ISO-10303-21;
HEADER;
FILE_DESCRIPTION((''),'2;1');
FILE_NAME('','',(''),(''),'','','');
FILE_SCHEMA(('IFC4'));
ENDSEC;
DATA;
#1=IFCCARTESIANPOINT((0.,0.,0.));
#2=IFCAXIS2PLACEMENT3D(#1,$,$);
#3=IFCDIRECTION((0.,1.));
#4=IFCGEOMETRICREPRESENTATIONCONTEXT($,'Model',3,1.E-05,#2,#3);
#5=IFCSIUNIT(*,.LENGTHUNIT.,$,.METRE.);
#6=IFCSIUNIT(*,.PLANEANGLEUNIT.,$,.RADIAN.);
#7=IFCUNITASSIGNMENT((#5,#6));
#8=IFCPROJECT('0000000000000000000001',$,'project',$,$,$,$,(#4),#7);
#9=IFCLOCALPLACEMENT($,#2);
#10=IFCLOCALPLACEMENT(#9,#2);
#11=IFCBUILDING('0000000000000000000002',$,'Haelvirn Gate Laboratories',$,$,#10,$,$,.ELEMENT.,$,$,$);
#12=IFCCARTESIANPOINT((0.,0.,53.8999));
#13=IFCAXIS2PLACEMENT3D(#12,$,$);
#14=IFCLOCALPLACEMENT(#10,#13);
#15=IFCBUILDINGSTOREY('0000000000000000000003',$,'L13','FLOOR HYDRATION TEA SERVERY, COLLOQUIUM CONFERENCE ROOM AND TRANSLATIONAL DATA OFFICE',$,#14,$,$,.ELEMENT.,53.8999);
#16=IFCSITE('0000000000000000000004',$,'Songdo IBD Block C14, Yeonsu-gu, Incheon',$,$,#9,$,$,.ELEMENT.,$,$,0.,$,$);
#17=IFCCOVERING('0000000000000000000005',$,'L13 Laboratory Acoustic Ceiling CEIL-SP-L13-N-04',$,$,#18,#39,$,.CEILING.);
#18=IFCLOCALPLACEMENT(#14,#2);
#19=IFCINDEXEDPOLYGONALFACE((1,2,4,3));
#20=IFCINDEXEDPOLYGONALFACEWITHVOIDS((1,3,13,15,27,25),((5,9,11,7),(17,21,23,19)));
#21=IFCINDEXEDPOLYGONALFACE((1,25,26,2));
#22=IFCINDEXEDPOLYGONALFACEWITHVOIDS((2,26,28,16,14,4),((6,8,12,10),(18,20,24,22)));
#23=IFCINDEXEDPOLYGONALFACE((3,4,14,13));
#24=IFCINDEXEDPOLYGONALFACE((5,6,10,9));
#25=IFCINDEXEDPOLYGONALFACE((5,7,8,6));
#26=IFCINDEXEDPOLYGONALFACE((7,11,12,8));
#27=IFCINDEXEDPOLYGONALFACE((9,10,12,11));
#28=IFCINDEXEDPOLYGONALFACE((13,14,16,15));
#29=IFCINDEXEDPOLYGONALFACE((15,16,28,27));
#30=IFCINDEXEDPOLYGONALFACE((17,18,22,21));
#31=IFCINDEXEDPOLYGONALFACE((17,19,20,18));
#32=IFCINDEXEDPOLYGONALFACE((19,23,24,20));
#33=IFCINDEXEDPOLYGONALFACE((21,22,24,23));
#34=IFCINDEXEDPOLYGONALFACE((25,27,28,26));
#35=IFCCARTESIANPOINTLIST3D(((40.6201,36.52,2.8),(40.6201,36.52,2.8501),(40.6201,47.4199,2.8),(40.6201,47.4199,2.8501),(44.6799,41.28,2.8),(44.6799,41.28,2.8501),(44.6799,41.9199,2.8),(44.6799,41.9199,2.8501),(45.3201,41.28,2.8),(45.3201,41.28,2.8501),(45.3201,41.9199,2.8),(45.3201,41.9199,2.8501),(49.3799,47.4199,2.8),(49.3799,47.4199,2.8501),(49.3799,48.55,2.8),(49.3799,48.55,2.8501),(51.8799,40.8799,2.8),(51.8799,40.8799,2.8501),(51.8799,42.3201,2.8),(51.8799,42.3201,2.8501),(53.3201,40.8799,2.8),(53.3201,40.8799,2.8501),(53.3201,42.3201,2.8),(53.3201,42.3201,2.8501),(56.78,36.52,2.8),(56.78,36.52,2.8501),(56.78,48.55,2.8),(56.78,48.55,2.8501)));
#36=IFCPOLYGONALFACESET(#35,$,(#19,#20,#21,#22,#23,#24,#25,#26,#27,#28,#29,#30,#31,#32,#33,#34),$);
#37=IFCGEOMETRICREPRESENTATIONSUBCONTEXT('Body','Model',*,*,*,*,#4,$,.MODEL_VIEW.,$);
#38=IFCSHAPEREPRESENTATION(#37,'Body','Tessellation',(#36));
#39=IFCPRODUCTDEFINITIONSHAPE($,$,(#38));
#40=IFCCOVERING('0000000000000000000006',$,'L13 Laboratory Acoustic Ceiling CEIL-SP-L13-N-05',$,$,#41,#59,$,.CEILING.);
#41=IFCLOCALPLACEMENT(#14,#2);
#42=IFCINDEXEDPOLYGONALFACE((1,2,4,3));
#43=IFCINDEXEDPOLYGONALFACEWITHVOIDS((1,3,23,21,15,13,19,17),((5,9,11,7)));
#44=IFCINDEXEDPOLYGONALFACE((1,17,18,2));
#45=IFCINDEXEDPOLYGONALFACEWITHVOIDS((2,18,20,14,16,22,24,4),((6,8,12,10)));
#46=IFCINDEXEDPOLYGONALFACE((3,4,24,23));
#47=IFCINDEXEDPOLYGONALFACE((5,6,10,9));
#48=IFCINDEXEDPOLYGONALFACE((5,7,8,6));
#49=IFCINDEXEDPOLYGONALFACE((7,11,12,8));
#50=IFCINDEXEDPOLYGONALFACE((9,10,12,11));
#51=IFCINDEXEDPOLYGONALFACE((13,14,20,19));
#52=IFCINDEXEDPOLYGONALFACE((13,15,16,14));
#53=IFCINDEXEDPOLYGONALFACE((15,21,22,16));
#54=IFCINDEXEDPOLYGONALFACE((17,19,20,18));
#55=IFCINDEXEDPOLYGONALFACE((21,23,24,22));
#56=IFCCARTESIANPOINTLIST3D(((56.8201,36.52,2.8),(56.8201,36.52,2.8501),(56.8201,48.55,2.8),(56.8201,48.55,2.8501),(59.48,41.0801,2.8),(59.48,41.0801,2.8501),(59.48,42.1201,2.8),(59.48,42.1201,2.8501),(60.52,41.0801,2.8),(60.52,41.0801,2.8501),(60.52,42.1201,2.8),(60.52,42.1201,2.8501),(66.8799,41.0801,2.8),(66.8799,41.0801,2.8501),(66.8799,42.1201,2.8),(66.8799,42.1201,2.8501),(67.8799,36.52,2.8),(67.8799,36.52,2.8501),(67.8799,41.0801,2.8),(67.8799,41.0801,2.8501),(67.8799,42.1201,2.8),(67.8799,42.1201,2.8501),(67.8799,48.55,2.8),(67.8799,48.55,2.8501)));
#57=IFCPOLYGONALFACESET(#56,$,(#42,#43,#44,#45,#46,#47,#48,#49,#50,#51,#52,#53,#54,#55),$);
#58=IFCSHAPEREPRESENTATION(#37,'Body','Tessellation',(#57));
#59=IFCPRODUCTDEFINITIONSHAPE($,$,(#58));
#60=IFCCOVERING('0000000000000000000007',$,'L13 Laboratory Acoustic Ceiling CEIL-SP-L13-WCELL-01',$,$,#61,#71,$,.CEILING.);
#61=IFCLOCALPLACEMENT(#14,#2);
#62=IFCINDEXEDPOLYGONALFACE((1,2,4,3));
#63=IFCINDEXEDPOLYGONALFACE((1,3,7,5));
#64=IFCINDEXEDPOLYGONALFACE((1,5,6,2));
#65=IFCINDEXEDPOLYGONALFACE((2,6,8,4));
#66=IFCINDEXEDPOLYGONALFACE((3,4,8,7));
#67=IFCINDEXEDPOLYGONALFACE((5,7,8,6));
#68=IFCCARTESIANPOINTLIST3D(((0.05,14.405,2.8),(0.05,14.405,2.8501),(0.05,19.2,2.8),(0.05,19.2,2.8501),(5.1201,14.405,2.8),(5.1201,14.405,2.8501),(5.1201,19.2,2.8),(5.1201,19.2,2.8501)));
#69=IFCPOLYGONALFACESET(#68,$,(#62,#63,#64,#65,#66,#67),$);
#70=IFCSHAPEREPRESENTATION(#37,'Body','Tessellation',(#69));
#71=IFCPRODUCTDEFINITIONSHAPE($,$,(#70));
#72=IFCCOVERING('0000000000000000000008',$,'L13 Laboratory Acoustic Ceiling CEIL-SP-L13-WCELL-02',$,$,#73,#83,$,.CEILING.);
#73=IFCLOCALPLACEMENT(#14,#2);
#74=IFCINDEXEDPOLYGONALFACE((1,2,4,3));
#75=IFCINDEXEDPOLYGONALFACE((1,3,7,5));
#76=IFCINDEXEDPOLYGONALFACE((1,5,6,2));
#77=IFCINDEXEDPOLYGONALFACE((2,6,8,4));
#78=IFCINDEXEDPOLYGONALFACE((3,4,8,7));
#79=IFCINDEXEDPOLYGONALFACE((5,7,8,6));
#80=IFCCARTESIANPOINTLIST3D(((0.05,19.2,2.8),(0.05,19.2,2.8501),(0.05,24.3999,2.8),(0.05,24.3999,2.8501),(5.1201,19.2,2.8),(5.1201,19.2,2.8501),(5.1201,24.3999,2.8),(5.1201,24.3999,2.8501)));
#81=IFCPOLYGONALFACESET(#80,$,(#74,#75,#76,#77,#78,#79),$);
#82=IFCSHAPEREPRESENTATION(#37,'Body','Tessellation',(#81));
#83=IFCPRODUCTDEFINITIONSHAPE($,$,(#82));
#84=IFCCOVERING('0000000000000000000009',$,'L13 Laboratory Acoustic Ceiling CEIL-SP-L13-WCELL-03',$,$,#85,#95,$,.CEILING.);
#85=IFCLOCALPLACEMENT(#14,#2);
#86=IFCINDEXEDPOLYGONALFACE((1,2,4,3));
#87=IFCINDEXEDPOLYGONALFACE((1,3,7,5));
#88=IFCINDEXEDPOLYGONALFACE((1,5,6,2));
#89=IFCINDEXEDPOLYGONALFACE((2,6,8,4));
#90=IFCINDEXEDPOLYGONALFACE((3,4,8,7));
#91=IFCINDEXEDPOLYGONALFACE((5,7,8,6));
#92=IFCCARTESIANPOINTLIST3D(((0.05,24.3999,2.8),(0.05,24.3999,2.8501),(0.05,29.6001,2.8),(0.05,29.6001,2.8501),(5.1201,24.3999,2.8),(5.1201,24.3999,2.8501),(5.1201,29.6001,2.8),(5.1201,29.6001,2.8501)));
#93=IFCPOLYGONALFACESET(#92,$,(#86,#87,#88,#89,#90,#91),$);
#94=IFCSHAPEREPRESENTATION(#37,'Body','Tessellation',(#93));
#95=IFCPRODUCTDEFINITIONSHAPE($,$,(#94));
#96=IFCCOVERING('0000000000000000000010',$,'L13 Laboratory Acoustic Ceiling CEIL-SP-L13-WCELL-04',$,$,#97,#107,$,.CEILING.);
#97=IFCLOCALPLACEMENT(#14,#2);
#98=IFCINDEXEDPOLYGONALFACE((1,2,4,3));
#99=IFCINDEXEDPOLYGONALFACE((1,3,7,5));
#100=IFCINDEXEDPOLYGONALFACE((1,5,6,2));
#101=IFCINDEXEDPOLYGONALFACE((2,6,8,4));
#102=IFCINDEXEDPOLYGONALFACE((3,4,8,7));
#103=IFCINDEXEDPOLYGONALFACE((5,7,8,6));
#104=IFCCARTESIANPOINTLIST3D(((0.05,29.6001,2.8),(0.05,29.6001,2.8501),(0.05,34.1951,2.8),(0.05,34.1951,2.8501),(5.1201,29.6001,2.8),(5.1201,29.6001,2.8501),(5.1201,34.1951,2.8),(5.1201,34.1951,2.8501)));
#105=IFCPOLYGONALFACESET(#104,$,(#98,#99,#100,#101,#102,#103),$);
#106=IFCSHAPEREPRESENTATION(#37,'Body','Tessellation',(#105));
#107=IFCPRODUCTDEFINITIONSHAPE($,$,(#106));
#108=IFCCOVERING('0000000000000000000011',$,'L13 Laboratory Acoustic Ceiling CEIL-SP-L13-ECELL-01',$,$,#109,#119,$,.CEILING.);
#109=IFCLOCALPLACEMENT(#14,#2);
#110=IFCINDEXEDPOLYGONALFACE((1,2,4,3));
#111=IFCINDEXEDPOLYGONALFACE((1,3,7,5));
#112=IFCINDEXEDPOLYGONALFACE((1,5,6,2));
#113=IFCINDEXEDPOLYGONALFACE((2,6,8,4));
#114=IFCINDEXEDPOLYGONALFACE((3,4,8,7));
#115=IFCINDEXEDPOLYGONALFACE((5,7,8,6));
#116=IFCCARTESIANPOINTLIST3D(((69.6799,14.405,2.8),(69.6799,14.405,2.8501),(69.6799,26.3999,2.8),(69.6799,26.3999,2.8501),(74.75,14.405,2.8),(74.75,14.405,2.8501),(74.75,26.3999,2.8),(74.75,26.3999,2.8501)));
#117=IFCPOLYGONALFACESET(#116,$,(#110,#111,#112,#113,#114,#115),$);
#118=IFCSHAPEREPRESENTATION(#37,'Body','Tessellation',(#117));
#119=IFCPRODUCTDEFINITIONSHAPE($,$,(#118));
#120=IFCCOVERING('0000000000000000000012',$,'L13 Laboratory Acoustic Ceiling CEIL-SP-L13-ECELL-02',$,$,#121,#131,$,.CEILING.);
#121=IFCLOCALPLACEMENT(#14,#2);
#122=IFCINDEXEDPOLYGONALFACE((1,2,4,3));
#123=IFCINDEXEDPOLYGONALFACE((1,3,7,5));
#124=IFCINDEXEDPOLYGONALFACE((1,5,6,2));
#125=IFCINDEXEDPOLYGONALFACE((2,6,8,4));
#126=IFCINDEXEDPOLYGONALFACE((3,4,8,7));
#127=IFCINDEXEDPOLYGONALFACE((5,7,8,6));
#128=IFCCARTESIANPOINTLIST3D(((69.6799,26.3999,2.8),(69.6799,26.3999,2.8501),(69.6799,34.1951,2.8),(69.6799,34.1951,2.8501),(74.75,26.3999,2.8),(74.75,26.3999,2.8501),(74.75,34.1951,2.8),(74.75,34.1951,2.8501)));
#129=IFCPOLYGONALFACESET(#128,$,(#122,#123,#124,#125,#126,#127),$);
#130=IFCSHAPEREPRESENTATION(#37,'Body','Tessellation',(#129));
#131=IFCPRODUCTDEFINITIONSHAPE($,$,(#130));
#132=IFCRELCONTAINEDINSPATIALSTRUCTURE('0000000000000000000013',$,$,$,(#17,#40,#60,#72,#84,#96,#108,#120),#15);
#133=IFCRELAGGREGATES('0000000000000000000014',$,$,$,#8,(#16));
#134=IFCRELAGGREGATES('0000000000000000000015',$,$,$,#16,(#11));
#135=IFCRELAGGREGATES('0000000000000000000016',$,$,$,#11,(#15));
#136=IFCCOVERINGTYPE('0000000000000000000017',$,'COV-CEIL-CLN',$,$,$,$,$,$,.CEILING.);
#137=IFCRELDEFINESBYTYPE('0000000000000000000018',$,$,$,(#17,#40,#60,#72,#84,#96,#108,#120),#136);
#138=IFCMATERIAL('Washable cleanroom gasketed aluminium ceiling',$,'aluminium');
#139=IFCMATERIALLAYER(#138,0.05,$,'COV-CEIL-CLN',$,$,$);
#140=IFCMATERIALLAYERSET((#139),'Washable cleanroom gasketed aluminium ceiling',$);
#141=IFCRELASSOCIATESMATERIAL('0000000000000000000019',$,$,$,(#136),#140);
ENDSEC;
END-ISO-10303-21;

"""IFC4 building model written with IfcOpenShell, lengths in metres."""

from ifc_helpers import new_model, si_unit, direction, frame, origin, place, context, subcontext, project, spatial, polyline, outline, extrude, material, layer, layer_set, type_object, element, save


model = new_model("IFC4")

# Units and contexts
model_context = context("Model", 3, precision=1e-05, world=origin(), true_north=direction((0.0, 1.0)))
body_context = subcontext(model_context, "Body", "Model", "MODEL_VIEW")
ifc_project = project(units=[si_unit("LENGTHUNIT", "METRE"), si_unit("PLANEANGLEUNIT", "RADIAN")], contexts=[model_context])

# Site, building, storey
site_placement = place(None, origin())
site = spatial("IfcSite", under=ifc_project, at=site_placement, Name="Songdo IBD Block C14, Yeonsu-gu, Incheon", CompositionType="ELEMENT", RefElevation=0.0)
building_placement = place(site_placement, origin())
building = spatial("IfcBuilding", under=site, at=building_placement, Name="Haelvirn Gate Laboratories", CompositionType="ELEMENT")
storey_placement = place(building_placement, frame((0.0, 0.0, 53.8999)))
storey = spatial("IfcBuildingStorey", under=building, at=storey_placement, Name="L13", Description="FLOOR HYDRATION TEA SERVERY, COLLOQUIUM CONFERENCE ROOM AND TRANSLATIONAL DATA OFFICE", CompositionType="ELEMENT", Elevation=53.8999)

# Coverings
ifc_material_1 = material(Name="Washable cleanroom gasketed aluminium ceiling", Category="aluminium")
ifc_layer_1 = layer(ifc_material_1, 0.05, Name="COV-CEIL-CLN")
ifc_layer_set_1 = layer_set([ifc_layer_1], Name="Washable cleanroom gasketed aluminium ceiling")
covering_type = type_object("IfcCoveringType", Name="COV-CEIL-CLN", PredefinedType="CEILING", material=ifc_layer_set_1)
covering_1_placement = place(storey_placement, frame((0.0, 0.0, 2.8)))
element("IfcCovering", 1, at=covering_1_placement, inside=storey, type_object=covering_type, Name="L13 Laboratory Acoustic Ceiling CEIL-SP-L13-N-04", PredefinedType="CEILING", context=body_context, shape_type="SweptSolid", body=[
    extrude(outline(polyline([(49.3799, 48.55), (56.78, 48.55), (56.78, 36.52), (40.6201, 36.52), (40.6201, 47.4199), (49.3799, 47.4199), (49.3799, 48.55)]), holes=[polyline([(51.8799, 42.3201), (51.8799, 40.8799), (53.3201, 40.8799), (53.3201, 42.3201), (51.8799, 42.3201)]), polyline([(45.3201, 41.9199), (44.6799, 41.9199), (44.6799, 41.28), (45.3201, 41.28), (45.3201, 41.9199)])]), origin(), (0.0, 0.0, 1.0), 0.05),
])
covering_2_placement = place(storey_placement, frame((0.0, 0.0, 2.8)))
element("IfcCovering", 2, at=covering_2_placement, inside=storey, type_object=covering_type, Name="L13 Laboratory Acoustic Ceiling CEIL-SP-L13-N-05", PredefinedType="CEILING", context=body_context, shape_type="SweptSolid", body=[
    extrude(outline(polyline([(67.8799, 36.52), (56.8201, 36.52), (56.8201, 48.55), (67.8799, 48.55), (67.8799, 42.1201), (66.8799, 42.1201), (66.8799, 41.0801), (67.8799, 41.0801), (67.8799, 36.52)]), holes=[polyline([(59.48, 42.1201), (59.48, 41.0801), (60.52, 41.0801), (60.52, 42.1201), (59.48, 42.1201)])]), origin(), (0.0, 0.0, 1.0), 0.05),
])
covering_3_placement = place(storey_placement, frame((0.0, 0.0, 2.8)))
element("IfcCovering", 3, at=covering_3_placement, inside=storey, type_object=covering_type, Name="L13 Laboratory Acoustic Ceiling CEIL-SP-L13-WCELL-01", PredefinedType="CEILING", context=body_context, shape_type="SweptSolid", body=[
    extrude(outline(polyline([(0.05, 19.2), (5.1201, 19.2), (5.1201, 14.405), (0.05, 14.405), (0.05, 19.2)])), origin(), (0.0, 0.0, 1.0), 0.05),
])
covering_4_placement = place(storey_placement, frame((0.0, 0.0, 2.8)))
element("IfcCovering", 4, at=covering_4_placement, inside=storey, type_object=covering_type, Name="L13 Laboratory Acoustic Ceiling CEIL-SP-L13-WCELL-02", PredefinedType="CEILING", context=body_context, shape_type="SweptSolid", body=[
    extrude(outline(polyline([(0.05, 24.3999), (5.1201, 24.3999), (5.1201, 19.2), (0.05, 19.2), (0.05, 24.3999)])), origin(), (0.0, 0.0, 1.0), 0.05),
])
covering_5_placement = place(storey_placement, frame((0.0, 0.0, 2.8)))
element("IfcCovering", 5, at=covering_5_placement, inside=storey, type_object=covering_type, Name="L13 Laboratory Acoustic Ceiling CEIL-SP-L13-WCELL-03", PredefinedType="CEILING", context=body_context, shape_type="SweptSolid", body=[
    extrude(outline(polyline([(0.05, 29.6001), (5.1201, 29.6001), (5.1201, 24.3999), (0.05, 24.3999), (0.05, 29.6001)])), origin(), (0.0, 0.0, 1.0), 0.05),
])
covering_6_placement = place(storey_placement, frame((0.0, 0.0, 2.8)))
element("IfcCovering", 6, at=covering_6_placement, inside=storey, type_object=covering_type, Name="L13 Laboratory Acoustic Ceiling CEIL-SP-L13-WCELL-04", PredefinedType="CEILING", context=body_context, shape_type="SweptSolid", body=[
    extrude(outline(polyline([(0.05, 34.1951), (5.1201, 34.1951), (5.1201, 29.6001), (0.05, 29.6001), (0.05, 34.1951)])), origin(), (0.0, 0.0, 1.0), 0.05),
])
covering_7_placement = place(storey_placement, frame((0.0, 0.0, 2.8)))
element("IfcCovering", 7, at=covering_7_placement, inside=storey, type_object=covering_type, Name="L13 Laboratory Acoustic Ceiling CEIL-SP-L13-ECELL-01", PredefinedType="CEILING", context=body_context, shape_type="SweptSolid", body=[
    extrude(outline(polyline([(69.6799, 26.3999), (74.75, 26.3999), (74.75, 14.405), (69.6799, 14.405), (69.6799, 26.3999)])), origin(), (0.0, 0.0, 1.0), 0.05),
])
covering_8_placement = place(storey_placement, frame((0.0, 0.0, 2.8)))
element("IfcCovering", 8, at=covering_8_placement, inside=storey, type_object=covering_type, Name="L13 Laboratory Acoustic Ceiling CEIL-SP-L13-ECELL-02", PredefinedType="CEILING", context=body_context, shape_type="SweptSolid", body=[
    extrude(outline(polyline([(69.6799, 34.1951), (74.75, 34.1951), (74.75, 26.3999), (69.6799, 26.3999), (69.6799, 34.1951)])), origin(), (0.0, 0.0, 1.0), 0.05),
])

save(model, "model.ifc")
